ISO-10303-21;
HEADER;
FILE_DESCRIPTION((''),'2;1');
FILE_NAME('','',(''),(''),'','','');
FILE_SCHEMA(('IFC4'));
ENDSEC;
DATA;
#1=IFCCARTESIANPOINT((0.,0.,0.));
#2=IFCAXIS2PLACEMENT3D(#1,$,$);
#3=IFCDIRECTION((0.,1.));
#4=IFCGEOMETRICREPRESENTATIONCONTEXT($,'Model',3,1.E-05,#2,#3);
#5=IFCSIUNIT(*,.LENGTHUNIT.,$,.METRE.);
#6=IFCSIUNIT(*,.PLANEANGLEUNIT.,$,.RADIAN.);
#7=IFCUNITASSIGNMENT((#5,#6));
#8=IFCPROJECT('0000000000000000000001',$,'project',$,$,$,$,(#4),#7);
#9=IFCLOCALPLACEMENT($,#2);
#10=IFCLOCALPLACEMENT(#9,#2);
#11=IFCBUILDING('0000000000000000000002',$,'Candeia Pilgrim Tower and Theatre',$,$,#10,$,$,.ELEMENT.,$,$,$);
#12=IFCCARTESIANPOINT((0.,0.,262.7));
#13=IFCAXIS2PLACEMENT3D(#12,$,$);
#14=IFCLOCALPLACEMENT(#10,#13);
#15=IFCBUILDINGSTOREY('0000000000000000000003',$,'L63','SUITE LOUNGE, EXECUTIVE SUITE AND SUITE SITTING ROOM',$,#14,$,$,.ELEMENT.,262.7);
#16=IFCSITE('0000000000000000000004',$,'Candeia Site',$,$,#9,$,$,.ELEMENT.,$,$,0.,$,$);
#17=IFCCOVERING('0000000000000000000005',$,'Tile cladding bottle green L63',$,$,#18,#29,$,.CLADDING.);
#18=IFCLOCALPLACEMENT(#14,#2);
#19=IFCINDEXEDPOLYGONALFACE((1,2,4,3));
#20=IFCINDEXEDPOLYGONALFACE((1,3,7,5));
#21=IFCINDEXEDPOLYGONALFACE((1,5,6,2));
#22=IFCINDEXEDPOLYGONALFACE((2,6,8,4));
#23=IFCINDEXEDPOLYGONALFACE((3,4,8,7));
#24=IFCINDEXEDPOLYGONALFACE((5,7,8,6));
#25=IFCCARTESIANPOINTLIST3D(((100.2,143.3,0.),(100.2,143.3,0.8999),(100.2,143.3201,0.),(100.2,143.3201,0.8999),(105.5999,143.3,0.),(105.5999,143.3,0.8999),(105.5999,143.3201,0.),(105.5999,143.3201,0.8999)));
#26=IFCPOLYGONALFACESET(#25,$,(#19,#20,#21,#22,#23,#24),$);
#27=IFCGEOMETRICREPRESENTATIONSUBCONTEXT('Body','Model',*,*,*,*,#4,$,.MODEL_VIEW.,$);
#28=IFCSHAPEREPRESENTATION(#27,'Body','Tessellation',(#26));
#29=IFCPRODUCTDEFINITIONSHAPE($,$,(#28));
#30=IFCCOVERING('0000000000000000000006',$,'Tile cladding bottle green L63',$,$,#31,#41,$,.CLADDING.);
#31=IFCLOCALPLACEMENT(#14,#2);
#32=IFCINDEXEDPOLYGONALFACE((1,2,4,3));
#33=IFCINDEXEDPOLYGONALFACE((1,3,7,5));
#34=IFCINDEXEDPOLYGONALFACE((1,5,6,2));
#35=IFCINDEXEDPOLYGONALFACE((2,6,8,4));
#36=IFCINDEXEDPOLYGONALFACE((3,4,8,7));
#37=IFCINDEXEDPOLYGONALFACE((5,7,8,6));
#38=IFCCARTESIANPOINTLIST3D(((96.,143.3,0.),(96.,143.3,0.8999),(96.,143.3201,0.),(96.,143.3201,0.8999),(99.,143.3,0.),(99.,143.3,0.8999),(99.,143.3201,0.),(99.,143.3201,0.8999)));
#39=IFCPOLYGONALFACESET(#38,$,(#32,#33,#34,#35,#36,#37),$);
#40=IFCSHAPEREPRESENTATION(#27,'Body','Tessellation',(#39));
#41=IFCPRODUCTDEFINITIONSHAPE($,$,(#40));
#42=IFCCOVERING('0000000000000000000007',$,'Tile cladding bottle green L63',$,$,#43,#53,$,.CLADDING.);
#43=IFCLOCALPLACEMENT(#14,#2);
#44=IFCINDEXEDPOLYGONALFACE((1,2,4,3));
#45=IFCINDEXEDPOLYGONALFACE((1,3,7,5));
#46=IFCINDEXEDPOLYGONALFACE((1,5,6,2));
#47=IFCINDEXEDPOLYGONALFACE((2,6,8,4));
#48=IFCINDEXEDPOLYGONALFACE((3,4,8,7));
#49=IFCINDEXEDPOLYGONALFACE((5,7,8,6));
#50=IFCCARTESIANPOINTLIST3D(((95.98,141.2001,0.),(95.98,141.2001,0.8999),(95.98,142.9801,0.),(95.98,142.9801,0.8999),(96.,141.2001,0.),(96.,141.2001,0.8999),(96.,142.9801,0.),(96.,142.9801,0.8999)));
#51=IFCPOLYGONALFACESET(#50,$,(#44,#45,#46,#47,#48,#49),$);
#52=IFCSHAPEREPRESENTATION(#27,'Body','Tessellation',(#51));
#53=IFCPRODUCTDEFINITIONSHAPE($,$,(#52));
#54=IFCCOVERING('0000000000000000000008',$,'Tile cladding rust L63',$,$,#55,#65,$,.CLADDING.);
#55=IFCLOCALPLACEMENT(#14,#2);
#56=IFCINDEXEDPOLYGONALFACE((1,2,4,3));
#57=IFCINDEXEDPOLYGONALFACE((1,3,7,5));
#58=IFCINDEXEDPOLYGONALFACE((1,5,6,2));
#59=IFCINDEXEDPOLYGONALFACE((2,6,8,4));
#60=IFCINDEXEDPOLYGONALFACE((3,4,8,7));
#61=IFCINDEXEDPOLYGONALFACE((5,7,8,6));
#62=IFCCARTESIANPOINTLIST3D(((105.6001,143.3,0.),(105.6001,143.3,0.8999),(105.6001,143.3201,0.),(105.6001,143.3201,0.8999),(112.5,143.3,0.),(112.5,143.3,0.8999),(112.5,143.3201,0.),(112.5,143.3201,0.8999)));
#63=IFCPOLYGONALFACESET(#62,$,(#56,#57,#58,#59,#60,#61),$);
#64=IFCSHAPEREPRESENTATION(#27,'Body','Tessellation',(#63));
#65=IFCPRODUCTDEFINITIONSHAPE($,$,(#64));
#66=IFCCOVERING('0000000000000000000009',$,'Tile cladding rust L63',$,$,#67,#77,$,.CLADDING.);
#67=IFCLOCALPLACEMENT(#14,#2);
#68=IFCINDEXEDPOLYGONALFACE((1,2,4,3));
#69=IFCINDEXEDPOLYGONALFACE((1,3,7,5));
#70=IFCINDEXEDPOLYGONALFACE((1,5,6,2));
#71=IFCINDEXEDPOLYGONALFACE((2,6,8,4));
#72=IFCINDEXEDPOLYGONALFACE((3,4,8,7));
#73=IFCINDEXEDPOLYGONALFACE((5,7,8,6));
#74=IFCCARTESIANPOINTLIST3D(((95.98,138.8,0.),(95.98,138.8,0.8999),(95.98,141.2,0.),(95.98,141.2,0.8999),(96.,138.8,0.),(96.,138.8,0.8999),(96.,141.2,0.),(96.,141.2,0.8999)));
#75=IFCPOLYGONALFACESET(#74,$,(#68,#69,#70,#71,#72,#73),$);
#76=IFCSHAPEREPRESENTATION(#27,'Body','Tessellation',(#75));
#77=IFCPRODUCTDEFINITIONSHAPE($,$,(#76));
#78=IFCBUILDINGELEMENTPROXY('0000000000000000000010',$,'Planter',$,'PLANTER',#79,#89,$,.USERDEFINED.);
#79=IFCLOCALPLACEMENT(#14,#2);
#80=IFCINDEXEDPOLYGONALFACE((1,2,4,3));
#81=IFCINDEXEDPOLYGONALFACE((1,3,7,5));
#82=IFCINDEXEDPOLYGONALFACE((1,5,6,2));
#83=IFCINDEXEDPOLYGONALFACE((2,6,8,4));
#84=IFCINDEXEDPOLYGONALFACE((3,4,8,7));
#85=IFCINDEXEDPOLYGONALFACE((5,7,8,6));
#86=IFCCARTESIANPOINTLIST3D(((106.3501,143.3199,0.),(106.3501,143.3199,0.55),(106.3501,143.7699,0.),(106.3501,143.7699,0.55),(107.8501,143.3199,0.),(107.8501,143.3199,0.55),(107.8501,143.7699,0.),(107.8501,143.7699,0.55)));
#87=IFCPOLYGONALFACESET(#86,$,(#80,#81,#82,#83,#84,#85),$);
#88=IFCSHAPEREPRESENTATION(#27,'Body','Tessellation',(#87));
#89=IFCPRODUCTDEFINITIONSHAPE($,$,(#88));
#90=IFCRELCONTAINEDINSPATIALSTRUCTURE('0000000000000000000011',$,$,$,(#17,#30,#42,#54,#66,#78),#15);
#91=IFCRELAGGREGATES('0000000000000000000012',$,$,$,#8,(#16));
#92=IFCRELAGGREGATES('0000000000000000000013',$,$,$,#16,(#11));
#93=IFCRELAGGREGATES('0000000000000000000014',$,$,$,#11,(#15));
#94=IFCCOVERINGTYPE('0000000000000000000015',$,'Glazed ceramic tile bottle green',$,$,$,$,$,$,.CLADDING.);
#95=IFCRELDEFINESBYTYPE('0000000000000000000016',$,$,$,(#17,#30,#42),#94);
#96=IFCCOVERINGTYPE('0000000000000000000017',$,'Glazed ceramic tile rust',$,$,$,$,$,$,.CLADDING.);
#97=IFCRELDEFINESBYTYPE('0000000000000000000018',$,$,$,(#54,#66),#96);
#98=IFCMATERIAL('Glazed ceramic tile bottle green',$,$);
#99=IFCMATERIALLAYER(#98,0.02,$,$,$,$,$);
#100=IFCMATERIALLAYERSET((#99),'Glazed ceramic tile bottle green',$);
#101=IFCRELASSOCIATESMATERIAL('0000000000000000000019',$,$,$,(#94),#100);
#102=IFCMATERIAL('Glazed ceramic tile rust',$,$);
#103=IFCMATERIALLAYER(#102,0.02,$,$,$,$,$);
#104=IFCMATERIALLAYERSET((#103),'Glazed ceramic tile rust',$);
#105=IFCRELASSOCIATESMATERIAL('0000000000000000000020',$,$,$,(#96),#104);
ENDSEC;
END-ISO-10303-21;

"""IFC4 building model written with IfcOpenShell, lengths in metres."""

from ifc_helpers import new_model, si_unit, direction, frame, origin, origin_2d, place, context, subcontext, project, spatial, rectangle, extrude, material, layer, layer_set, type_object, element, save


model = new_model("IFC4")

# Units and contexts
model_context = context("Model", 3, precision=1e-05, world=origin(), true_north=direction((0.0, 1.0)))
body_context = subcontext(model_context, "Body", "Model", "MODEL_VIEW")
ifc_project = project(units=[si_unit("LENGTHUNIT", "METRE"), si_unit("PLANEANGLEUNIT", "RADIAN")], contexts=[model_context])

# Site, building, storey
site_placement = place(None, origin())
site = spatial("IfcSite", under=ifc_project, at=site_placement, Name="Candeia Site", CompositionType="ELEMENT", RefElevation=0.0)
building_placement = place(site_placement, origin())
building = spatial("IfcBuilding", under=site, at=building_placement, Name="Candeia Pilgrim Tower and Theatre", CompositionType="ELEMENT")
storey_placement = place(building_placement, frame((0.0, 0.0, 262.7)))
storey = spatial("IfcBuildingStorey", under=building, at=storey_placement, Name="L63", Description="SUITE LOUNGE, EXECUTIVE SUITE AND SUITE SITTING ROOM", CompositionType="ELEMENT", Elevation=262.7)

# Coverings
ifc_material_1 = material(Name="Glazed ceramic tile bottle green")
ifc_layer_1 = layer(ifc_material_1, 0.02)
ifc_layer_set_1 = layer_set([ifc_layer_1], Name="Glazed ceramic tile bottle green")
covering_type_1 = type_object("IfcCoveringType", Name="Glazed ceramic tile bottle green", PredefinedType="CLADDING", material=ifc_layer_set_1)
covering_1_placement = place(storey_placement, frame((102.8999, 143.3101, 0.0), z_axis=(0.0, 0.0, 1.0), x_axis=(-1.0, 0.0, 0.0)))
element("IfcCovering", 1, at=covering_1_placement, inside=storey, type_object=covering_type_1, Name="Tile cladding bottle green L63", PredefinedType="CLADDING", context=body_context, shape_type="SweptSolid", body=[
    extrude(rectangle(XDim=5.3999, YDim=0.02, at=origin_2d()), origin(), (0.0, 0.0, 1.0), 0.8999),
])
covering_2_placement = place(storey_placement, frame((97.5, 143.3101, 0.0), z_axis=(0.0, 0.0, 1.0), x_axis=(-1.0, 0.0, 0.0)))
element("IfcCovering", 2, at=covering_2_placement, inside=storey, type_object=covering_type_1, Name="Tile cladding bottle green L63", PredefinedType="CLADDING", context=body_context, shape_type="SweptSolid", body=[
    extrude(rectangle(XDim=3.0, YDim=0.02, at=origin_2d()), origin(), (0.0, 0.0, 1.0), 0.8999),
])
covering_3_placement = place(storey_placement, frame((95.99, 142.0901, 0.0), z_axis=(0.0, 0.0, 1.0), x_axis=(0.0, -1.0, 0.0)))
element("IfcCovering", 3, at=covering_3_placement, inside=storey, type_object=covering_type_1, Name="Tile cladding bottle green L63", PredefinedType="CLADDING", context=body_context, shape_type="SweptSolid", body=[
    extrude(rectangle(XDim=1.78, YDim=0.02, at=origin_2d()), origin(), (0.0, 0.0, 1.0), 0.8999),
])
ifc_material_2 = material(Name="Glazed ceramic tile rust")
ifc_layer_2 = layer(ifc_material_2, 0.02)
ifc_layer_set_2 = layer_set([ifc_layer_2], Name="Glazed ceramic tile rust")
covering_type_2 = type_object("IfcCoveringType", Name="Glazed ceramic tile rust", PredefinedType="CLADDING", material=ifc_layer_set_2)
covering_4_placement = place(storey_placement, frame((109.05, 143.3101, 0.0), z_axis=(0.0, 0.0, 1.0), x_axis=(-1.0, 0.0, 0.0)))
element("IfcCovering", 4, at=covering_4_placement, inside=storey, type_object=covering_type_2, Name="Tile cladding rust L63", PredefinedType="CLADDING", context=body_context, shape_type="SweptSolid", body=[
    extrude(rectangle(XDim=6.8999, YDim=0.02, at=origin_2d()), origin(), (0.0, 0.0, 1.0), 0.8999),
])
covering_5_placement = place(storey_placement, frame((95.99, 140.0, 0.0), z_axis=(0.0, 0.0, 1.0), x_axis=(0.0, -1.0, 0.0)))
element("IfcCovering", 5, at=covering_5_placement, inside=storey, type_object=covering_type_2, Name="Tile cladding rust L63", PredefinedType="CLADDING", context=body_context, shape_type="SweptSolid", body=[
    extrude(rectangle(XDim=2.3999, YDim=0.02, at=origin_2d()), origin(), (0.0, 0.0, 1.0), 0.8999),
])

# Building element proxy
proxy_placement = place(storey_placement, frame((107.1001, 143.5449, 0.0), z_axis=(0.0, 0.0, 1.0), x_axis=(-1.0, 0.0, 0.0)))
element("IfcBuildingElementProxy", 6, at=proxy_placement, inside=storey, Name="Planter", ObjectType="PLANTER", PredefinedType="USERDEFINED", context=body_context, shape_type="SweptSolid", body=[
    extrude(rectangle(XDim=1.5, YDim=0.45, at=origin_2d()), origin(), (0.0, 0.0, 1.0), 0.55),
])

save(model, "model.ifc")
